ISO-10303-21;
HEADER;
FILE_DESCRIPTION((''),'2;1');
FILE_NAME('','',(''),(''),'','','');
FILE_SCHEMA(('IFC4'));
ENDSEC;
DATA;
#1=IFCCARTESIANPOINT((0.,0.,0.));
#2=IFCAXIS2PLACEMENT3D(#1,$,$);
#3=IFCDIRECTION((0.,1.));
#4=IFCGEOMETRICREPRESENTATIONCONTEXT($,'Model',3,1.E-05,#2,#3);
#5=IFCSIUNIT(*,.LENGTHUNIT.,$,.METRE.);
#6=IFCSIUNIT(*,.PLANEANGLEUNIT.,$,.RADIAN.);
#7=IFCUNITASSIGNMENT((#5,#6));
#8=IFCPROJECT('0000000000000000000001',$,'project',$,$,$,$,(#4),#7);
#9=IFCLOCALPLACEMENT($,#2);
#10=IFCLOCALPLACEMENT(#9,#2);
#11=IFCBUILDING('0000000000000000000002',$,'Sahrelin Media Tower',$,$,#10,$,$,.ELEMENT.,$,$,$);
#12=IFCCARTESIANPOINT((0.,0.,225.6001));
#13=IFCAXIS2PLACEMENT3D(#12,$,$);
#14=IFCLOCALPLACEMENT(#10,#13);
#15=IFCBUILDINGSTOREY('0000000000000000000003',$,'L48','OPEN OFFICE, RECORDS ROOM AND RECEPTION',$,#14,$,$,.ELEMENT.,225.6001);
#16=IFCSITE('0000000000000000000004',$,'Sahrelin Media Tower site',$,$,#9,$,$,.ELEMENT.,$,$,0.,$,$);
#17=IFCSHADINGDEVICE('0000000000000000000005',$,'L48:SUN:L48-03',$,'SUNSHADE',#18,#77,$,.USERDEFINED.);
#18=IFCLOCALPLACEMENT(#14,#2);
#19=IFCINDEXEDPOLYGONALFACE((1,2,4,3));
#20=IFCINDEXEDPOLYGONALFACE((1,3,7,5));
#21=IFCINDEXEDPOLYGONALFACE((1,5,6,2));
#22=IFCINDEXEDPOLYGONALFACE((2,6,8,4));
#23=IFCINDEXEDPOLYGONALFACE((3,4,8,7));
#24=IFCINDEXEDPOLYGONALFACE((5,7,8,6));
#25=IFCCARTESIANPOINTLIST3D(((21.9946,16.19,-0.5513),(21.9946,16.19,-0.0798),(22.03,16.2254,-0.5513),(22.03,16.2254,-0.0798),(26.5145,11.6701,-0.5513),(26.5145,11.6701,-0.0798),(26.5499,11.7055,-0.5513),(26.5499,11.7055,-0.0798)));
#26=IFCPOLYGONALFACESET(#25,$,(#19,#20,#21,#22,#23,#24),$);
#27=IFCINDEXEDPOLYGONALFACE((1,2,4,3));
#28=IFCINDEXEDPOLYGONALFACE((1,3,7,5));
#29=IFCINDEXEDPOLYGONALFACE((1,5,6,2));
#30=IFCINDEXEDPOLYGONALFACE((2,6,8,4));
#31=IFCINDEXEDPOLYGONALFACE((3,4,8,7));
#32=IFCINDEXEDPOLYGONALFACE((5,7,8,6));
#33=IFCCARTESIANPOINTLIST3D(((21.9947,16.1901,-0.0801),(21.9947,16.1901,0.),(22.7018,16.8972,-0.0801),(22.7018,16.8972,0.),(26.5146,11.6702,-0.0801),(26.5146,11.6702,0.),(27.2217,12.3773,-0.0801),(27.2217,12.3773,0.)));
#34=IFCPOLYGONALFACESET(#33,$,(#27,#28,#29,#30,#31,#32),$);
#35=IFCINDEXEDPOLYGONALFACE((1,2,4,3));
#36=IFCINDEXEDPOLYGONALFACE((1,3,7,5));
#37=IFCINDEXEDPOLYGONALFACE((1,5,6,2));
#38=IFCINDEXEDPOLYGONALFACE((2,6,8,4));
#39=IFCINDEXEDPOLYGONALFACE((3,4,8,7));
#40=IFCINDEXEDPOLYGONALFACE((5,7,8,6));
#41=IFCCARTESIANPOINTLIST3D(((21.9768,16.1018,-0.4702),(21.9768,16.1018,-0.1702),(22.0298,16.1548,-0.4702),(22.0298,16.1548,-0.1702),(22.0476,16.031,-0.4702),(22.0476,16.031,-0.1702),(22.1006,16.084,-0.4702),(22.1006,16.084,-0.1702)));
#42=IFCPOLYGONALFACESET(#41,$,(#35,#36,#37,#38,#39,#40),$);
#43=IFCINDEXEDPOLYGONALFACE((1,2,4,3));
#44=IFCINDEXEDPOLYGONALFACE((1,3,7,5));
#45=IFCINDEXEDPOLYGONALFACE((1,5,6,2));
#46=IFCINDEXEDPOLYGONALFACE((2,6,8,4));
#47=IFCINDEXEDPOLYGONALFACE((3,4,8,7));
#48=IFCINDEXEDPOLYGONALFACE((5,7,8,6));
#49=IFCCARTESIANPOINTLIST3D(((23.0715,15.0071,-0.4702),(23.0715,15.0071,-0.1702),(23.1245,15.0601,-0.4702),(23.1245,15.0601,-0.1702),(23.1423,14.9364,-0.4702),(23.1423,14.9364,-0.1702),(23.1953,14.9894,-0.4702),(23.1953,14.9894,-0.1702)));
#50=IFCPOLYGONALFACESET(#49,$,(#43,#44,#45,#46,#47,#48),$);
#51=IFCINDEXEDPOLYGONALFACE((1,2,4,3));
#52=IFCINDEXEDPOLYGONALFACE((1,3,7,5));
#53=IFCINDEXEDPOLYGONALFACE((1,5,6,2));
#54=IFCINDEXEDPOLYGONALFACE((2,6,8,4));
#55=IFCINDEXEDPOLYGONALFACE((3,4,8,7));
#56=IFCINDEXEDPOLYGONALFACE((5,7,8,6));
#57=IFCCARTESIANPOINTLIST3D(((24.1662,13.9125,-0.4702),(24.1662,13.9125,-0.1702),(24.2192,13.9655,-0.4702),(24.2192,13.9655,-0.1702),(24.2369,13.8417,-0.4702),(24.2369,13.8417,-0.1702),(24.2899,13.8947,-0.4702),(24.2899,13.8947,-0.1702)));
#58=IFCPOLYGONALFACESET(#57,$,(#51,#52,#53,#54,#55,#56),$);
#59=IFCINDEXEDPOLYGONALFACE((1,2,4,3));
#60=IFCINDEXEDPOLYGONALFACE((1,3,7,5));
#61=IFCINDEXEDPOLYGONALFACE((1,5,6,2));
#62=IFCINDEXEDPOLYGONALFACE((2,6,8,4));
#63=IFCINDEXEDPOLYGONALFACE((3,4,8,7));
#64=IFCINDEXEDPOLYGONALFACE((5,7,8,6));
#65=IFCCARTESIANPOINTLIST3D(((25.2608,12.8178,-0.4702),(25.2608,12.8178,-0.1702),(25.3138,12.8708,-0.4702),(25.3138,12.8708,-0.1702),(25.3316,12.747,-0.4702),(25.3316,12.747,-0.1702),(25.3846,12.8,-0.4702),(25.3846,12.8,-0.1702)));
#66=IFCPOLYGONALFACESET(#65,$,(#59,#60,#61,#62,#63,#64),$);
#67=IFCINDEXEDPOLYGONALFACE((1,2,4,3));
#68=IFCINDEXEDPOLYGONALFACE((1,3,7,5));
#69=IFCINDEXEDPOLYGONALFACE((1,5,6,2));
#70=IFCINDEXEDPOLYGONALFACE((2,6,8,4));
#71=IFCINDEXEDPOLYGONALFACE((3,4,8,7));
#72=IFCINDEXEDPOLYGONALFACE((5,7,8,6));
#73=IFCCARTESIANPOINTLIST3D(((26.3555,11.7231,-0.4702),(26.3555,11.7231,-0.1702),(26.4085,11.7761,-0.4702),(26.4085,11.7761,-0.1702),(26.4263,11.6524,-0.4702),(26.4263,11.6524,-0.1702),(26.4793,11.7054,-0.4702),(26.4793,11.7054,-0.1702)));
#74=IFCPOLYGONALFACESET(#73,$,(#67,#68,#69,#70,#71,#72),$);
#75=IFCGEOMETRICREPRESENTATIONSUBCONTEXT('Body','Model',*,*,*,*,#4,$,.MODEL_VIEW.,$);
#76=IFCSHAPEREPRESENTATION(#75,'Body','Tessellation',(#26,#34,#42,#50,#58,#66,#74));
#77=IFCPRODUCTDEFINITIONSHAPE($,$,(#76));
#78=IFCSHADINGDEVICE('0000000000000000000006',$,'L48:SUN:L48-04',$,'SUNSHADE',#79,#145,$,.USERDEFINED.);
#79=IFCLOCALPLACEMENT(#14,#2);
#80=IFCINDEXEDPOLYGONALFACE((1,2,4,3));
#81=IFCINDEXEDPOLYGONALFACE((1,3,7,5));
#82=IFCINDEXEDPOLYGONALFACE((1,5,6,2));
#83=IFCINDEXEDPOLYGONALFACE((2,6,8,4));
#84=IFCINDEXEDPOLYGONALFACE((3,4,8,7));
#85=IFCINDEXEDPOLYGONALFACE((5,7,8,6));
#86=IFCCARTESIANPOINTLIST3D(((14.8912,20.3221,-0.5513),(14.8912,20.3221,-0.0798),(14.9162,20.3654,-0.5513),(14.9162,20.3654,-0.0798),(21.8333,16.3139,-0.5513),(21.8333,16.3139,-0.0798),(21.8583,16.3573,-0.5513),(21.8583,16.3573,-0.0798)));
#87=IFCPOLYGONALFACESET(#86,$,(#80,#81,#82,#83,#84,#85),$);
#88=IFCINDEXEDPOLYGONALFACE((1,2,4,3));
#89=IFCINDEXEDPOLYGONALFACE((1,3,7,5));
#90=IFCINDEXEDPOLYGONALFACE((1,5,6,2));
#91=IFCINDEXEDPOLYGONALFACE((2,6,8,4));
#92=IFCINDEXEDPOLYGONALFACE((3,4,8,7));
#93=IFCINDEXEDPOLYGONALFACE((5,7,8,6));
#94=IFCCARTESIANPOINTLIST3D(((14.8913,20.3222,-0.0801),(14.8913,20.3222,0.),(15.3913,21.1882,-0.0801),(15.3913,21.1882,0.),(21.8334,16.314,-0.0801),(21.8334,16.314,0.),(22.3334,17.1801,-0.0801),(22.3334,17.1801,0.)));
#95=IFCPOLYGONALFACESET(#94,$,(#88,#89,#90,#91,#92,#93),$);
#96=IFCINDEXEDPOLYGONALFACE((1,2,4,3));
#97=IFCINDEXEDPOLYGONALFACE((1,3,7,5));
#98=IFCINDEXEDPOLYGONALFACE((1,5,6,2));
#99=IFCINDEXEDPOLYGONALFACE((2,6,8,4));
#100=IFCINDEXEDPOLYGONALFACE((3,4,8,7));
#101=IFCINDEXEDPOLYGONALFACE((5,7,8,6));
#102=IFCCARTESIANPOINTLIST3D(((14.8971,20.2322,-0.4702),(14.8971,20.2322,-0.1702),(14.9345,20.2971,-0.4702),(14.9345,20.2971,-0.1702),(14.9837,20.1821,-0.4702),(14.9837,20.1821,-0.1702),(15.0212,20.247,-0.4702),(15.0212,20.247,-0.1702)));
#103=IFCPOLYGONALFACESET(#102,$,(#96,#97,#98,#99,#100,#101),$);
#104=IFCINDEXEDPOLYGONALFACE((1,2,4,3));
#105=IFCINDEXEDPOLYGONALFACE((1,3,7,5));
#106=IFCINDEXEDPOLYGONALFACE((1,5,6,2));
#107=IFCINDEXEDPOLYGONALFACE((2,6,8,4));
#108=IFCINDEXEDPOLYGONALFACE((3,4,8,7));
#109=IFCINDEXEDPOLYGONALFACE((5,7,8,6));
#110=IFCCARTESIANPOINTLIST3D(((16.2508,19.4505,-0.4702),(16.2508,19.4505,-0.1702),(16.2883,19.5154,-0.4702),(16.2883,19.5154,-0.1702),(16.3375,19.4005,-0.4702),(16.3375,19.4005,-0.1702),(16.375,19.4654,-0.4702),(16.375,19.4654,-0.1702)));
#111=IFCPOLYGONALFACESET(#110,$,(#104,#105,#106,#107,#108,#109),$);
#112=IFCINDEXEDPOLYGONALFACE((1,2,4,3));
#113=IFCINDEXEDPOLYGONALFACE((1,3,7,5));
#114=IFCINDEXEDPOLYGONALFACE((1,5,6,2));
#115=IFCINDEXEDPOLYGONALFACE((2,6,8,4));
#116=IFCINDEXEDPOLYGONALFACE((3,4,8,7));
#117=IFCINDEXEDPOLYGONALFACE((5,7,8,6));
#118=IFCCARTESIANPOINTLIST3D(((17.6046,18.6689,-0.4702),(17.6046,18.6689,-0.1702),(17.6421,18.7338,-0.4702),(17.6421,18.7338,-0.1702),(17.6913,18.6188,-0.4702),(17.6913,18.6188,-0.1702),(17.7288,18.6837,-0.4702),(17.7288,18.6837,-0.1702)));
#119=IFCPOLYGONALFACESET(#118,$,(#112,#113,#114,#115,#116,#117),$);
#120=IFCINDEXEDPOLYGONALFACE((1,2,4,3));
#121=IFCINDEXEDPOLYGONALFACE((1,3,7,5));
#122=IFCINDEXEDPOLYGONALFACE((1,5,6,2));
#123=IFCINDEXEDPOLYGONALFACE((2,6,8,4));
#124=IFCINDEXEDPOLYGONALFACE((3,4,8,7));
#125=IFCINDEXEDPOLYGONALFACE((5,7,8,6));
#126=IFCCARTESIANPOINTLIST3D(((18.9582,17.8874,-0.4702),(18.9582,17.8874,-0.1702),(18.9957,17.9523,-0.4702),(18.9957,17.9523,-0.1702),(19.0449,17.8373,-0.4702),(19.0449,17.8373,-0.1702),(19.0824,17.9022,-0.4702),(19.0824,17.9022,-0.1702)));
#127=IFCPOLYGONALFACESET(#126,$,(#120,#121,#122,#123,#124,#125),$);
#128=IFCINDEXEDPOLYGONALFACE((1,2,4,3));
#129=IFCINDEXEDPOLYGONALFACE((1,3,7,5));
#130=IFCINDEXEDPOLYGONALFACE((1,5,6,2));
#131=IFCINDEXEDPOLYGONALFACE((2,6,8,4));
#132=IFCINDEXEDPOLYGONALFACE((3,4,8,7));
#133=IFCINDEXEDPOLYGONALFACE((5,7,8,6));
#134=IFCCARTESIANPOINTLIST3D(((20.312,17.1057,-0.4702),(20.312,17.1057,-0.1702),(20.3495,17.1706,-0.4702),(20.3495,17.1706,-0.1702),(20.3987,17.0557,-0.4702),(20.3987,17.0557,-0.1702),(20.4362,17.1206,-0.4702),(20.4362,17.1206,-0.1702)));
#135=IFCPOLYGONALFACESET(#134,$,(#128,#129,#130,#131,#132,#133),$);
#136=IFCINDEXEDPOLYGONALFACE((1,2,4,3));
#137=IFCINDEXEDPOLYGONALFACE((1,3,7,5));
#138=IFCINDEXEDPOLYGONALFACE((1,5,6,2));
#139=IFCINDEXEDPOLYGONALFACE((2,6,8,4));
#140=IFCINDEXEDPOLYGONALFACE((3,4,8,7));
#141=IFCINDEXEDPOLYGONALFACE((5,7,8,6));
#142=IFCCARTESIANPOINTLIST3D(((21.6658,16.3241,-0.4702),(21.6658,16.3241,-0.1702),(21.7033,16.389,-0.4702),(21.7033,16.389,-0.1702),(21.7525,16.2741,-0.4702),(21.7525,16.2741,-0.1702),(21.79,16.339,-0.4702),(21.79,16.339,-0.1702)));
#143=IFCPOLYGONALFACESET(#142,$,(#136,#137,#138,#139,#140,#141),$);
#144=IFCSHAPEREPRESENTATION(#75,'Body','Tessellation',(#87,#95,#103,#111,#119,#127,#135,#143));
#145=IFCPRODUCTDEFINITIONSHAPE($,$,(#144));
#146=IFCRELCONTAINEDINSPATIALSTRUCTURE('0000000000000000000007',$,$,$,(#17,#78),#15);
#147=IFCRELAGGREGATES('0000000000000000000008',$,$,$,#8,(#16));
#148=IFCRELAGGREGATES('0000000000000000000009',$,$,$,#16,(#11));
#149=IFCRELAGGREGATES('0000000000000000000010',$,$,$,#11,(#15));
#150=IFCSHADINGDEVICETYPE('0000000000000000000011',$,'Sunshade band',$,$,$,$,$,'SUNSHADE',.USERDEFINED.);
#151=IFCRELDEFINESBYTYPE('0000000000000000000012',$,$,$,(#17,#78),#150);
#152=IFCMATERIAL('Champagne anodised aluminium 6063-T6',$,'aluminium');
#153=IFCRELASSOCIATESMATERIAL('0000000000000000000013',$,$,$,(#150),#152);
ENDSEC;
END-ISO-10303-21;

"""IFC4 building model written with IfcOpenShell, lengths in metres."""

from ifc_helpers import new_model, si_unit, direction, frame, origin, origin_2d, place, context, subcontext, project, spatial, rectangle, extrude, material, type_object, element, save


model = new_model("IFC4")

# Units and contexts
model_context = context("Model", 3, precision=1e-05, world=origin(), true_north=direction((0.0, 1.0)))
body_context = subcontext(model_context, "Body", "Model", "MODEL_VIEW")
ifc_project = project(units=[si_unit("LENGTHUNIT", "METRE"), si_unit("PLANEANGLEUNIT", "RADIAN")], contexts=[model_context])

# Site, building, storey
site_placement = place(None, origin())
site = spatial("IfcSite", under=ifc_project, at=site_placement, Name="Sahrelin Media Tower site", CompositionType="ELEMENT", RefElevation=0.0)
building_placement = place(site_placement, origin())
building = spatial("IfcBuilding", under=site, at=building_placement, Name="Sahrelin Media Tower", CompositionType="ELEMENT")
storey_placement = place(building_placement, frame((0.0, 0.0, 225.6001)))
storey = spatial("IfcBuildingStorey", under=building, at=storey_placement, Name="L48", Description="OPEN OFFICE, RECORDS ROOM AND RECEPTION", CompositionType="ELEMENT", Elevation=225.6001)

# Shared definitions
ifc_material_1 = material(Name="Champagne anodised aluminium 6063-T6", Category="aluminium")

# Shading devices
placement_1 = place(storey_placement, frame((24.2405, 13.916, 0.0), z_axis=(0.0, 0.0, 1.0), x_axis=(0.707107, -0.707107, 0.0)))
placement_2 = place(storey_placement, frame((18.3523, 18.3008, 0.0), z_axis=(0.0, 0.0, 1.0), x_axis=(0.866019, -0.500011, 0.0)))
shading_device_type_1 = type_object("IfcShadingDeviceType", Name="Sunshade band", ElementType="SUNSHADE", PredefinedType="USERDEFINED", material=ifc_material_1)
element("IfcShadingDevice", 1, at=placement_1, inside=storey, type_object=shading_device_type_1, Name="L48:SUN:L48-03", ObjectType="SUNSHADE", PredefinedType="USERDEFINED", context=body_context, shape_type="SweptSolid", body=[
    extrude(rectangle(XDim=6.3921, YDim=0.05, at=origin_2d()), frame((0.0, 0.0449, -0.5513)), (0.0, 0.0, 1.0), 0.4714),
    extrude(rectangle(XDim=6.3921, YDim=1.0, at=origin_2d()), frame((0.0, 0.52, -0.0801)), (0.0, 0.0, 1.0), 0.0801),
    extrude(rectangle(XDim=0.1001, YDim=0.075, at=origin_2d()), frame((-3.0962, -0.0176, -0.4702)), (0.0, 0.0, 1.0), 0.3),
    extrude(rectangle(XDim=0.1001, YDim=0.075, at=origin_2d()), frame((-1.5481, -0.0176, -0.4702)), (0.0, 0.0, 1.0), 0.3),
    extrude(rectangle(XDim=0.1001, YDim=0.075, at=origin_2d()), frame((0.0, -0.0176, -0.4702)), (0.0, 0.0, 1.0), 0.3),
    extrude(rectangle(XDim=0.1001, YDim=0.075, at=origin_2d()), frame((1.5481, -0.0176, -0.4702)), (0.0, 0.0, 1.0), 0.3),
    extrude(rectangle(XDim=0.1001, YDim=0.075, at=origin_2d()), frame((3.0962, -0.0176, -0.4702)), (0.0, 0.0, 1.0), 0.3),
])
element("IfcShadingDevice", 2, at=placement_2, inside=storey, type_object=shading_device_type_1, Name="L48:SUN:L48-04", ObjectType="SUNSHADE", PredefinedType="USERDEFINED", context=body_context, shape_type="SweptSolid", body=[
    extrude(rectangle(XDim=8.0161, YDim=0.05, at=origin_2d()), frame((0.0, 0.0449, -0.5513)), (0.0, 0.0, 1.0), 0.4714),
    extrude(rectangle(XDim=8.0161, YDim=1.0, at=origin_2d()), frame((0.0, 0.52, -0.0801)), (0.0, 0.0, 1.0), 0.0801),
    extrude(rectangle(XDim=0.1001, YDim=0.075, at=origin_2d()), frame((-3.908, -0.0176, -0.4702)), (0.0, 0.0, 1.0), 0.3),
    extrude(rectangle(XDim=0.1001, YDim=0.075, at=origin_2d()), frame((-2.3447, -0.0176, -0.4702)), (0.0, 0.0, 1.0), 0.3),
    extrude(rectangle(XDim=0.1001, YDim=0.075, at=origin_2d()), frame((-0.7815, -0.0176, -0.4702)), (0.0, 0.0, 1.0), 0.3),
    extrude(rectangle(XDim=0.1001, YDim=0.075, at=origin_2d()), frame((0.7815, -0.0176, -0.4702)), (0.0, 0.0, 1.0), 0.3),
    extrude(rectangle(XDim=0.1001, YDim=0.075, at=origin_2d()), frame((2.3447, -0.0176, -0.4702)), (0.0, 0.0, 1.0), 0.3),
    extrude(rectangle(XDim=0.1001, YDim=0.075, at=origin_2d()), frame((3.908, -0.0176, -0.4702)), (0.0, 0.0, 1.0), 0.3),
])

save(model, "model.ifc")
